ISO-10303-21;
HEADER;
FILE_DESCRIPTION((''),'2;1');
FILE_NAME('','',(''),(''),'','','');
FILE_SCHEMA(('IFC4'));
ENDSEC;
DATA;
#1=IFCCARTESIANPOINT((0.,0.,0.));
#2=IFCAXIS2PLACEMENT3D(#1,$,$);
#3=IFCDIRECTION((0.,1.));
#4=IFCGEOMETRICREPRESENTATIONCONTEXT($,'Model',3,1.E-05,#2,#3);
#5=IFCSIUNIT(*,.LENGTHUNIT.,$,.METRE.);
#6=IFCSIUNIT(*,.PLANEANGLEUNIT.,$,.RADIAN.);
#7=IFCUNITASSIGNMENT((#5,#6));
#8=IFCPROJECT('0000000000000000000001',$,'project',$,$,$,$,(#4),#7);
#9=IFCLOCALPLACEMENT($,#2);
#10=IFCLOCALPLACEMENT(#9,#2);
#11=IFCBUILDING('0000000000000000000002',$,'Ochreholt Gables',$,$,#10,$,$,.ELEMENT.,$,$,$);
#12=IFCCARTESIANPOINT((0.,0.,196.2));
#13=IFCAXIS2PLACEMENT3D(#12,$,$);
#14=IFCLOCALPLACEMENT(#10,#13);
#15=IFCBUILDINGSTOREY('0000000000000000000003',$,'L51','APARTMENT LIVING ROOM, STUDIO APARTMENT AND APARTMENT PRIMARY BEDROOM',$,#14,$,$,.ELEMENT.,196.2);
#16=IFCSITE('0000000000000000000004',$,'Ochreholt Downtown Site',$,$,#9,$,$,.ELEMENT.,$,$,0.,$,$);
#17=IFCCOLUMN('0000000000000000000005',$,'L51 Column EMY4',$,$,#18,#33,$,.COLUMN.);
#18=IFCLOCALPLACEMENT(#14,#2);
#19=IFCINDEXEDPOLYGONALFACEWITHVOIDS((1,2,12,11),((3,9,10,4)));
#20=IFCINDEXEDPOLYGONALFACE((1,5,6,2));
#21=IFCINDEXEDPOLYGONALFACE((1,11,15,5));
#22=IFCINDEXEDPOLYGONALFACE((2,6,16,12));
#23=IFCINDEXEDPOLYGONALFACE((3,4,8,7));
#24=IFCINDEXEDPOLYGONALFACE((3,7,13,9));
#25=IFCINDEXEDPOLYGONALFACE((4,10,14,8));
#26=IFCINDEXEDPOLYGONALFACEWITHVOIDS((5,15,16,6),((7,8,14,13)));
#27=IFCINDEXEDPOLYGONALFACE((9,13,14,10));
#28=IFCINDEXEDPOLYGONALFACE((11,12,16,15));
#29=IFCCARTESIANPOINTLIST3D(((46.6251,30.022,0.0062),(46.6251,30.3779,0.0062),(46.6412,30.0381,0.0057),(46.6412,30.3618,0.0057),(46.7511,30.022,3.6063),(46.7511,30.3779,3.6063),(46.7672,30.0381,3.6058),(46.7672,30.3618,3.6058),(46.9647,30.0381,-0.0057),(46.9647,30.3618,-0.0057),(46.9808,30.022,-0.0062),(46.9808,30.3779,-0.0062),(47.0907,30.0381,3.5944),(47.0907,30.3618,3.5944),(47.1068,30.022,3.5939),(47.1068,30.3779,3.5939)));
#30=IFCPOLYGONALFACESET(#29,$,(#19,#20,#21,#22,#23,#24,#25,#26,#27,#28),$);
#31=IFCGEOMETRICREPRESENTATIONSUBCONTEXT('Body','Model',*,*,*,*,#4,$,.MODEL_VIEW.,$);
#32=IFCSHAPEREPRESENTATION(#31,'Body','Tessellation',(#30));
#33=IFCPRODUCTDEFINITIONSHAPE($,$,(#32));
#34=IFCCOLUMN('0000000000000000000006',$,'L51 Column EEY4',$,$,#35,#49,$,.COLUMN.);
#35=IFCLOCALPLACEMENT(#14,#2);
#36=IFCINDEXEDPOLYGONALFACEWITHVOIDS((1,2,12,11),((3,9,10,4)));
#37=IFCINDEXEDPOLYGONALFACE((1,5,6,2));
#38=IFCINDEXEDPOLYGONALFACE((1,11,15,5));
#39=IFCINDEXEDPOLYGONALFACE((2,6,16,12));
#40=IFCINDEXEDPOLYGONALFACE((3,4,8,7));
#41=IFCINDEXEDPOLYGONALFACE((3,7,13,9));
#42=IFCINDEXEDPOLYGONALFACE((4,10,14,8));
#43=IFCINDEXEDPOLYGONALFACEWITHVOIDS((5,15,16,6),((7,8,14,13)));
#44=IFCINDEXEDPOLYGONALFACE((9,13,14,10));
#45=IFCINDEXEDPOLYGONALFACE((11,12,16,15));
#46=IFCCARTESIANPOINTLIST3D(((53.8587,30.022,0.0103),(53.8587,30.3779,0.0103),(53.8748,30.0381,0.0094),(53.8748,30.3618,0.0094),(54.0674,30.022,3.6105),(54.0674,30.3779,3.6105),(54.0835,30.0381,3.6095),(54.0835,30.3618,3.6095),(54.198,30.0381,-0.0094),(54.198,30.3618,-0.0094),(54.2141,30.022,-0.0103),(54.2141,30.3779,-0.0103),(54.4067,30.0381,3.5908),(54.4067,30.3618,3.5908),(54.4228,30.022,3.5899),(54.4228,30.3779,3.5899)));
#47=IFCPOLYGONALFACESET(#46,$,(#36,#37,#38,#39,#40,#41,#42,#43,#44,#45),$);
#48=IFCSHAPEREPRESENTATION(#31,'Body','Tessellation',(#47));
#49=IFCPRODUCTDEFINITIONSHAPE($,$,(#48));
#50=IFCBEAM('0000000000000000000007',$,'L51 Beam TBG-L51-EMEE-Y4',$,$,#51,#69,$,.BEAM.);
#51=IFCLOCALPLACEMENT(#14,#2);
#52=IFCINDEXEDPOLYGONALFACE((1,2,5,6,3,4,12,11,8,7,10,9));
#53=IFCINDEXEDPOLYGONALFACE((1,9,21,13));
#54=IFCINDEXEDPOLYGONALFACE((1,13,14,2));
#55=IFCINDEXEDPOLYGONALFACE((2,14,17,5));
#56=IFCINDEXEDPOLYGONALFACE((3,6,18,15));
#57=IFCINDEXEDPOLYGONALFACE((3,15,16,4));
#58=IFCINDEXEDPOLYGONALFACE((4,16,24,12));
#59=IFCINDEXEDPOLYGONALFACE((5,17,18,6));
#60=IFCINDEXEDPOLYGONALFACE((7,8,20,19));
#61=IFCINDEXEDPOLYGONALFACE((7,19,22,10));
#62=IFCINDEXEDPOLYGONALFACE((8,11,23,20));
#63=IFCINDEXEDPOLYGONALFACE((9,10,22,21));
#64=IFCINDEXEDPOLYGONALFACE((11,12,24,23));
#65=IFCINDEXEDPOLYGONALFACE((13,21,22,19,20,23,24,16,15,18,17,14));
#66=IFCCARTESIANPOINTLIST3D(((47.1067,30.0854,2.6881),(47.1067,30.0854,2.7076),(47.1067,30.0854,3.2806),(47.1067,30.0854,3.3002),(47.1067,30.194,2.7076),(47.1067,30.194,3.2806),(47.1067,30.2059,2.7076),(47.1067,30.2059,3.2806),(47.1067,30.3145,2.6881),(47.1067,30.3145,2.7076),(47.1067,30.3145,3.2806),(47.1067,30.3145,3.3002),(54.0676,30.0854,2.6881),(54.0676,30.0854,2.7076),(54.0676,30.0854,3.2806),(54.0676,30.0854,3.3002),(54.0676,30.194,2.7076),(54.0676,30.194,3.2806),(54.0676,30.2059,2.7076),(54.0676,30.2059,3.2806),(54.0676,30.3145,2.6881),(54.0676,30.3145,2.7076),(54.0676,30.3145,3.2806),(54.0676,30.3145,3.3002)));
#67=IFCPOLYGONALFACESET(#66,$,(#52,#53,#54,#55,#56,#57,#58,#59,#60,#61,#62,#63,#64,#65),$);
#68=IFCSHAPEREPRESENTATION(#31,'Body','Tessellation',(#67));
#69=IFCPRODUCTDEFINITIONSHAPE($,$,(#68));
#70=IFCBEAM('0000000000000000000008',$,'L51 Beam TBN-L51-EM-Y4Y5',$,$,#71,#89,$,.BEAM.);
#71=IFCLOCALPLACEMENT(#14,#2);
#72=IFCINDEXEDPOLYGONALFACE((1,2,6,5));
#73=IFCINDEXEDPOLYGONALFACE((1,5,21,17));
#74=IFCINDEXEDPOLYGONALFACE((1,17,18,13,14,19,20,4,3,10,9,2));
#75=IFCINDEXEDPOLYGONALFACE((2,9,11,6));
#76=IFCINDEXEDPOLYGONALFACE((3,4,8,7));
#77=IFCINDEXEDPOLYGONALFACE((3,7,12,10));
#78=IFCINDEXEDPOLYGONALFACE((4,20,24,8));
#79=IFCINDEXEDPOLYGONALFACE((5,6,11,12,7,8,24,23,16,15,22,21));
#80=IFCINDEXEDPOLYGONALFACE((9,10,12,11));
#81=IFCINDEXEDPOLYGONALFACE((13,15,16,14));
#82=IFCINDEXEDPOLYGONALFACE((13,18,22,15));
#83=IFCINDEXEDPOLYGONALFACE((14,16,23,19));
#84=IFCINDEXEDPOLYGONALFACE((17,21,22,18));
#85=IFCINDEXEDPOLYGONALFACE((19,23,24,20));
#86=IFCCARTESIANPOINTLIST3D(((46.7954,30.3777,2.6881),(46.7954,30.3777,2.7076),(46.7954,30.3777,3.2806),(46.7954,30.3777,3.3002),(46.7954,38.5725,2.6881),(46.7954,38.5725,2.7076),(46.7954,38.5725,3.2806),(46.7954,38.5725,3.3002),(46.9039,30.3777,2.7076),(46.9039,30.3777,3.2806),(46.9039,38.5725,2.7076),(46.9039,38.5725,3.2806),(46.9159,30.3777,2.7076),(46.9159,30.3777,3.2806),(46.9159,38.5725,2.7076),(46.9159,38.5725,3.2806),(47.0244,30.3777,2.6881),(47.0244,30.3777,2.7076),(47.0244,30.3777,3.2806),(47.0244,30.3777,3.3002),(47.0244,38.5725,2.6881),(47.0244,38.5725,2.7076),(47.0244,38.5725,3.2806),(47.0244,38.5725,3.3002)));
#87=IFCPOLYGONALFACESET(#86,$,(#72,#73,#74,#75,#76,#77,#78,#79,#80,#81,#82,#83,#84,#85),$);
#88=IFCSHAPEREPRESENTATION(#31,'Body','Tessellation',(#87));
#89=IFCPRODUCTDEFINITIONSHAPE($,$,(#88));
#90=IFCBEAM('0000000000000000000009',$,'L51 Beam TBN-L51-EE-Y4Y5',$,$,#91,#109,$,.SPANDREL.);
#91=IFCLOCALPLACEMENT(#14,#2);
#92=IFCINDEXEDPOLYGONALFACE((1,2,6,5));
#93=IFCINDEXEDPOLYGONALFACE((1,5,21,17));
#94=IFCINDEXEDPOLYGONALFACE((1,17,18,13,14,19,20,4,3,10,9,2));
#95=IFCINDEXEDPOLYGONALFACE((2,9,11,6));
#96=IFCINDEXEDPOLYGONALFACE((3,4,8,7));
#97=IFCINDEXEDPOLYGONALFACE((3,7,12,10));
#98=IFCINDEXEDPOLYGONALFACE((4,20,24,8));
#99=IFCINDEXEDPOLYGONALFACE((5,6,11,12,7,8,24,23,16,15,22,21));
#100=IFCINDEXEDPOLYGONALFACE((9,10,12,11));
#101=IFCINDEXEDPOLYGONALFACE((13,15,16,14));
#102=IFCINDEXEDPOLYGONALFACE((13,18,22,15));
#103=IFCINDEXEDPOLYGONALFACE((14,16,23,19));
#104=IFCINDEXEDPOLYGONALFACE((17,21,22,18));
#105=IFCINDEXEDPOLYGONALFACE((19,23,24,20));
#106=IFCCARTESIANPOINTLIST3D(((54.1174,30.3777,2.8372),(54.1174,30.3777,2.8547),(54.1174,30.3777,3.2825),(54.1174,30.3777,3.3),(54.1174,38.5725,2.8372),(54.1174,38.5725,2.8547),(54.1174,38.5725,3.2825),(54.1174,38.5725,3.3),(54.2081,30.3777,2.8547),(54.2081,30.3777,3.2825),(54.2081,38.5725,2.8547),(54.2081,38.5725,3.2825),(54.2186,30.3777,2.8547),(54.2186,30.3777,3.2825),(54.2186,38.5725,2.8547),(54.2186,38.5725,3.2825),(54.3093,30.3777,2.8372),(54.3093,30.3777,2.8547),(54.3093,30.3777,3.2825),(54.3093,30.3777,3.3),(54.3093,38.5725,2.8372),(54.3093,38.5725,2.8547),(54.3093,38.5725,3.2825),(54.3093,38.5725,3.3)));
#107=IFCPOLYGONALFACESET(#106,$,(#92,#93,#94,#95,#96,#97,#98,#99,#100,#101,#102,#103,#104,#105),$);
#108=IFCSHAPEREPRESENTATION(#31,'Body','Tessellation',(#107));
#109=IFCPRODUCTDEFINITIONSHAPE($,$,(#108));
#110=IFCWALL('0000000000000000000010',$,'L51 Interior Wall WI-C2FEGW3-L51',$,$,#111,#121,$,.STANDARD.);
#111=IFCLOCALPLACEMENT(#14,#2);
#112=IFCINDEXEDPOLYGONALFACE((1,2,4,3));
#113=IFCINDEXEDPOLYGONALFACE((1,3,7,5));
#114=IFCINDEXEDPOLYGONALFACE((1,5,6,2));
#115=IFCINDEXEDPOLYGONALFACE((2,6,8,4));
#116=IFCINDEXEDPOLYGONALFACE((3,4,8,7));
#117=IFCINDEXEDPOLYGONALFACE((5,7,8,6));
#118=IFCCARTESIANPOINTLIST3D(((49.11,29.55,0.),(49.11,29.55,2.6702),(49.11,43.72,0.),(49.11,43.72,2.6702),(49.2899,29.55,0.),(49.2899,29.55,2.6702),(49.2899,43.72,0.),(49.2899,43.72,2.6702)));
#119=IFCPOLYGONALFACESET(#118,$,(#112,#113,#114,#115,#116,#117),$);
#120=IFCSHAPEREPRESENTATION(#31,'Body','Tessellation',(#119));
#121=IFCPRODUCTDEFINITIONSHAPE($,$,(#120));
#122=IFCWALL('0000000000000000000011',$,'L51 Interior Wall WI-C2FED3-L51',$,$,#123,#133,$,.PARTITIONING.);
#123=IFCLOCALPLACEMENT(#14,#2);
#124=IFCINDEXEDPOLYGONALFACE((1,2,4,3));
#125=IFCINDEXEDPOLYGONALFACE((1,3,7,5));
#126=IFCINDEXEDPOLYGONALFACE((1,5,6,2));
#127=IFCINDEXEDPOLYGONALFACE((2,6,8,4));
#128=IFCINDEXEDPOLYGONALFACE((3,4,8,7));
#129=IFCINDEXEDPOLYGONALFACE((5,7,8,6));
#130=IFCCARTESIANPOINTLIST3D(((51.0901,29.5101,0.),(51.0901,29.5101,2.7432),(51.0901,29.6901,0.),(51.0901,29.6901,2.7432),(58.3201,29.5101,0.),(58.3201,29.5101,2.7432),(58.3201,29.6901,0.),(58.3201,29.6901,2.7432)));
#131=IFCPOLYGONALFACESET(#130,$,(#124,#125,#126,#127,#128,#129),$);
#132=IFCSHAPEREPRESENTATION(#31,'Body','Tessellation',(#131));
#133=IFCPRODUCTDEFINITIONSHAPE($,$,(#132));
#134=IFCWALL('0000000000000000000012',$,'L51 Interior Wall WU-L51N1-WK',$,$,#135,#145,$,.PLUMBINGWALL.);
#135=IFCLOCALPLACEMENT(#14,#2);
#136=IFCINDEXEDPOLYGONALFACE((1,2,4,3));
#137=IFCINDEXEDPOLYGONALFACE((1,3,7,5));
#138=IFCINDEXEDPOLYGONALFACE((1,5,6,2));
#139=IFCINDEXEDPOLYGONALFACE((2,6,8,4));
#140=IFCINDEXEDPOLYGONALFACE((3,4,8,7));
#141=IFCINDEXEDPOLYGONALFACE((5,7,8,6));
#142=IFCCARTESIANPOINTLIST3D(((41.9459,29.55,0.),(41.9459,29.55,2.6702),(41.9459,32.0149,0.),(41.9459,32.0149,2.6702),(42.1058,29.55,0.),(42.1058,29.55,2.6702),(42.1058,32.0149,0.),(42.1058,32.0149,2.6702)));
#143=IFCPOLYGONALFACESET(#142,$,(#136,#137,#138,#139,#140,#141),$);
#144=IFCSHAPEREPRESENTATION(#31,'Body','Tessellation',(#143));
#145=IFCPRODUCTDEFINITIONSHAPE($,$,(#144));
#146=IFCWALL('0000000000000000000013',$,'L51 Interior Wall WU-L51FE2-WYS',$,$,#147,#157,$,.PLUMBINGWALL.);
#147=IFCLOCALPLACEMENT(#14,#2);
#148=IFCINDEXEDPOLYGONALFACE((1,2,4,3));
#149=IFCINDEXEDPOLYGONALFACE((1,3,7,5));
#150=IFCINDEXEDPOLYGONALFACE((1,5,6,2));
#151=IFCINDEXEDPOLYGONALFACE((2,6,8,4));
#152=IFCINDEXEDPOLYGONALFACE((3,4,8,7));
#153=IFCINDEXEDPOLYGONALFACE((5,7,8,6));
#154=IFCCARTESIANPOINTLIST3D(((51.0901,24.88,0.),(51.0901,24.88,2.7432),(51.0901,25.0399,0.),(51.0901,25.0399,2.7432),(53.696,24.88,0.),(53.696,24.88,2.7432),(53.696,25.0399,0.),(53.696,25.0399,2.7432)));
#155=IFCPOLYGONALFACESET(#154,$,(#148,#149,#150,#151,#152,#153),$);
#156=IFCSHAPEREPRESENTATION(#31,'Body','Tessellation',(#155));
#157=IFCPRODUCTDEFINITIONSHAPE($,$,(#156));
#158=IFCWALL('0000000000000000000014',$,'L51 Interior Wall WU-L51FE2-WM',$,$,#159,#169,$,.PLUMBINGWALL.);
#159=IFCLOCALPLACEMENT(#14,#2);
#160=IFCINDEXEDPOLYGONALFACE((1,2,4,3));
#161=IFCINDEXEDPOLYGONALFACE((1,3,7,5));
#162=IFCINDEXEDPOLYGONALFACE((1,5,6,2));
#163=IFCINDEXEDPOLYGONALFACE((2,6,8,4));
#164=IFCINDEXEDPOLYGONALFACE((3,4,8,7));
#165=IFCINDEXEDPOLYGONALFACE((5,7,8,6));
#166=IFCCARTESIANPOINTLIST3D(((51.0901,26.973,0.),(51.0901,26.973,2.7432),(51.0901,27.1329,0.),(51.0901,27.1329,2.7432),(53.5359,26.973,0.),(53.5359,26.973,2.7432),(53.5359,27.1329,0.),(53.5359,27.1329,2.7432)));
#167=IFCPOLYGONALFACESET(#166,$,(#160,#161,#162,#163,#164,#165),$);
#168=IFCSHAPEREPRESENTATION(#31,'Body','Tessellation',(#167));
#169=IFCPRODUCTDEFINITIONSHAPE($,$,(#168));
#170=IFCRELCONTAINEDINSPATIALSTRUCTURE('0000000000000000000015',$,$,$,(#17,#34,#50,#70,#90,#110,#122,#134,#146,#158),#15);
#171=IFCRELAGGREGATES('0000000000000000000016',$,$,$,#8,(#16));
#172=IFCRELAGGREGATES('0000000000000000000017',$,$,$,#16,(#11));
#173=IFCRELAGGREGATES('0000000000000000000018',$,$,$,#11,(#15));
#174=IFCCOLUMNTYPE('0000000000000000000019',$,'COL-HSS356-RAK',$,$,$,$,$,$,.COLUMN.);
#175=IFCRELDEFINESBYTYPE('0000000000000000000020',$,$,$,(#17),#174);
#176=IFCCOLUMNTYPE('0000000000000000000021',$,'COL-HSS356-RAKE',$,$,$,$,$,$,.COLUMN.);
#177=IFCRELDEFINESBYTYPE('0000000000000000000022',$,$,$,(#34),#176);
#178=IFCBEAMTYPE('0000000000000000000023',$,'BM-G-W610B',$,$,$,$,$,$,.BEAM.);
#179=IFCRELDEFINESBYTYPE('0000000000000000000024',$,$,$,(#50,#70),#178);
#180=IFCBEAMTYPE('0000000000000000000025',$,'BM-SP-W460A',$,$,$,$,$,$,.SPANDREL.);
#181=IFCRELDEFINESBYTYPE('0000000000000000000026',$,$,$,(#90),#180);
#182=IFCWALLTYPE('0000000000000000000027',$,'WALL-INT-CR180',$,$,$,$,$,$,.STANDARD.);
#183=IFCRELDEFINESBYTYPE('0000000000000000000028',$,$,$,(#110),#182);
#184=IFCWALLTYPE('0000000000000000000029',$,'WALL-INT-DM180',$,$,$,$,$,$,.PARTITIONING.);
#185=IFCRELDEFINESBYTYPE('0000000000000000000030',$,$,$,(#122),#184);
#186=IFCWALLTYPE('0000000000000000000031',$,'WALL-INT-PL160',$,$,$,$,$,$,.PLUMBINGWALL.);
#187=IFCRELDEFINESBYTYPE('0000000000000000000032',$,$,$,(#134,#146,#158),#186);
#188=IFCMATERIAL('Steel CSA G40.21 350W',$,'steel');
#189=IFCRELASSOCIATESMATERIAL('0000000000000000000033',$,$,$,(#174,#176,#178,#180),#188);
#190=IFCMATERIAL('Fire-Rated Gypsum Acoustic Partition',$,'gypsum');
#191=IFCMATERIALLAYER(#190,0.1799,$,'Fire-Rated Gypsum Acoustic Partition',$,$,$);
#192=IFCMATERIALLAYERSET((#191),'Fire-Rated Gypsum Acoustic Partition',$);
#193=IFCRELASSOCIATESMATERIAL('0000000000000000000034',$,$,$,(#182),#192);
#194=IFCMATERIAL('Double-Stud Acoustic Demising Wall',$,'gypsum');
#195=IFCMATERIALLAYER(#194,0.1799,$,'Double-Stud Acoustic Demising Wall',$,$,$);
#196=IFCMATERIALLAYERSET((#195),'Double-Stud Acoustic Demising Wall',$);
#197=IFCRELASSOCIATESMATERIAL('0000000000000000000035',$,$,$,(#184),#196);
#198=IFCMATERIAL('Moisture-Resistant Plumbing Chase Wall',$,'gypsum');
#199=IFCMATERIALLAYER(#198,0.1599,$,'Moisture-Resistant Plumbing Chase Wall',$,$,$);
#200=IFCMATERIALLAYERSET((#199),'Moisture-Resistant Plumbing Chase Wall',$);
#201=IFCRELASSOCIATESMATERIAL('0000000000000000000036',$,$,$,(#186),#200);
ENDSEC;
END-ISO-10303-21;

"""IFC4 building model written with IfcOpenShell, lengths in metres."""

from ifc_helpers import new_model, si_unit, direction, frame, frame_2d, origin, origin_2d, place, context, subcontext, project, spatial, rectangle, hollow_rectangle, i_section, extrude, material, layer, layer_set, material_profile, profile_set, type_object, element, save


model = new_model("IFC4")

# Units and contexts
model_context = context("Model", 3, precision=1e-05, world=origin(), true_north=direction((0.0, 1.0)))
body_context = subcontext(model_context, "Body", "Model", "MODEL_VIEW")
ifc_project = project(units=[si_unit("LENGTHUNIT", "METRE"), si_unit("PLANEANGLEUNIT", "RADIAN")], contexts=[model_context])

# Site, building, storey
site_placement = place(None, origin())
site = spatial("IfcSite", under=ifc_project, at=site_placement, Name="Ochreholt Downtown Site", CompositionType="ELEMENT", RefElevation=0.0)
building_placement = place(site_placement, origin())
building = spatial("IfcBuilding", under=site, at=building_placement, Name="Ochreholt Gables", CompositionType="ELEMENT")
storey_placement = place(building_placement, frame((0.0, 0.0, 196.2)))
storey = spatial("IfcBuildingStorey", under=building, at=storey_placement, Name="L51", Description="APARTMENT LIVING ROOM, STUDIO APARTMENT AND APARTMENT PRIMARY BEDROOM", CompositionType="ELEMENT", Elevation=196.2)

# Columns
ifc_material_1 = material(Name="Steel CSA G40.21 350W", Category="steel")
ifc_material_profile_1 = material_profile(ifc_material_1, hollow_rectangle(XDim=0.356, YDim=0.356, WallThickness=0.0161, at=origin_2d()), Name="HSS356X356X16")
ifc_profile_set_1 = profile_set([ifc_material_profile_1], Name="Steel CSA G40.21 350W")
column_type_1 = type_object("IfcColumnType", Name="COL-HSS356-RAK", PredefinedType="COLUMN", material=ifc_profile_set_1)
column_1_placement = place(storey_placement, frame((46.803, 30.2, 0.0), z_axis=(0.034971, 0.0, 0.999388), x_axis=(0.0, 1.0, 0.0)))
element("IfcColumn", 1, at=column_1_placement, inside=storey, type_object=column_type_1, Name="L51 Column EMY4", PredefinedType="COLUMN", context=body_context, shape_type="SweptSolid", body=[
    extrude(hollow_rectangle(XDim=0.356, YDim=0.356, WallThickness=0.0161, at=origin_2d()), origin(), (0.0, 0.0, 1.0), 3.6023),
])
ifc_material_profile_2 = material_profile(ifc_material_1, hollow_rectangle(XDim=0.356, YDim=0.356, WallThickness=0.0161, at=origin_2d()), Name="HSS356X356X16")
ifc_profile_set_2 = profile_set([ifc_material_profile_2], Name="Steel CSA G40.21 350W")
column_type_2 = type_object("IfcColumnType", Name="COL-HSS356-RAKE", PredefinedType="COLUMN", material=ifc_profile_set_2)
column_2_placement = place(storey_placement, frame((54.0364, 30.2, 0.0), z_axis=(0.057885, 0.0, 0.998323), x_axis=(0.0, 1.0, 0.0)))
element("IfcColumn", 2, at=column_2_placement, inside=storey, type_object=column_type_2, Name="L51 Column EEY4", PredefinedType="COLUMN", context=body_context, shape_type="SweptSolid", body=[
    extrude(hollow_rectangle(XDim=0.356, YDim=0.356, WallThickness=0.0161, at=origin_2d()), origin(), (0.0, 0.0, 1.0), 3.6062),
])

# Beams
ifc_material_profile_3 = material_profile(ifc_material_1, i_section(OverallWidth=0.229, OverallDepth=0.6121, WebThickness=0.012, FlangeThickness=0.0195, at=origin_2d()), Name="W610X125")
ifc_profile_set_3 = profile_set([ifc_material_profile_3], Name="Steel CSA G40.21 350W")
beam_type_1 = type_object("IfcBeamType", Name="BM-G-W610B", PredefinedType="BEAM", material=ifc_profile_set_3)
beam_1_placement = place(storey_placement, frame((47.1067, 30.2, 2.9941), z_axis=(1.0, 0.0, 0.0), x_axis=(0.0, 1.0, 0.0)))
element("IfcBeam", 3, at=beam_1_placement, inside=storey, type_object=beam_type_1, Name="L51 Beam TBG-L51-EMEE-Y4", PredefinedType="BEAM", context=body_context, shape_type="SweptSolid", body=[
    extrude(i_section(OverallWidth=0.229, OverallDepth=0.6121, WebThickness=0.012, FlangeThickness=0.0195, at=origin_2d()), origin(), (0.0, 0.0, 1.0), 6.9609),
])
beam_2_placement = place(storey_placement, frame((46.9099, 30.3777, 2.9941), z_axis=(0.0, 1.0, 0.0), x_axis=(-1.0, 0.0, 0.0)))
element("IfcBeam", 4, at=beam_2_placement, inside=storey, type_object=beam_type_1, Name="L51 Beam TBN-L51-EM-Y4Y5", PredefinedType="BEAM", context=body_context, shape_type="SweptSolid", body=[
    extrude(i_section(OverallWidth=0.229, OverallDepth=0.6121, WebThickness=0.012, FlangeThickness=0.0195, at=origin_2d()), origin(), (0.0, 0.0, 1.0), 8.1948),
])
ifc_material_profile_4 = material_profile(ifc_material_1, i_section(OverallWidth=0.1919, OverallDepth=0.4629, WebThickness=0.0105, FlangeThickness=0.0176, at=origin_2d()), Name="W460X89")
ifc_profile_set_4 = profile_set([ifc_material_profile_4], Name="Steel CSA G40.21 350W")
beam_type_2 = type_object("IfcBeamType", Name="BM-SP-W460A", PredefinedType="SPANDREL", material=ifc_profile_set_4)
beam_3_placement = place(storey_placement, frame((54.2134, 30.3777, 3.0686), z_axis=(0.0, 1.0, 0.0), x_axis=(-1.0, 0.0, 0.0)))
element("IfcBeam", 5, at=beam_3_placement, inside=storey, type_object=beam_type_2, Name="L51 Beam TBN-L51-EE-Y4Y5", PredefinedType="SPANDREL", context=body_context, shape_type="SweptSolid", body=[
    extrude(i_section(OverallWidth=0.1919, OverallDepth=0.4629, WebThickness=0.0105, FlangeThickness=0.0176, at=origin_2d()), origin(), (0.0, 0.0, 1.0), 8.1948),
])

# Walls
ifc_material_2 = material(Name="Fire-Rated Gypsum Acoustic Partition", Category="gypsum")
ifc_layer_1 = layer(ifc_material_2, 0.1799, Name="Fire-Rated Gypsum Acoustic Partition")
ifc_layer_set_1 = layer_set([ifc_layer_1], Name="Fire-Rated Gypsum Acoustic Partition")
wall_type_1 = type_object("IfcWallType", Name="WALL-INT-CR180", PredefinedType="STANDARD", material=ifc_layer_set_1)
wall_1_placement = place(storey_placement, frame((49.2, 29.55, 0.0), z_axis=(0.0, 0.0, 1.0), x_axis=(0.0, 1.0, 0.0)))
element("IfcWall", 6, at=wall_1_placement, inside=storey, type_object=wall_type_1, Name="L51 Interior Wall WI-C2FEGW3-L51", PredefinedType="STANDARD", context=body_context, shape_type="SweptSolid", body=[
    extrude(rectangle(XDim=14.1699, YDim=0.1799, at=frame_2d((7.085, 0.0))), origin(), (0.0, 0.0, 1.0), 2.6702),
])
ifc_material_3 = material(Name="Double-Stud Acoustic Demising Wall", Category="gypsum")
ifc_layer_2 = layer(ifc_material_3, 0.1799, Name="Double-Stud Acoustic Demising Wall")
ifc_layer_set_2 = layer_set([ifc_layer_2], Name="Double-Stud Acoustic Demising Wall")
wall_type_2 = type_object("IfcWallType", Name="WALL-INT-DM180", PredefinedType="PARTITIONING", material=ifc_layer_set_2)
wall_2_placement = place(storey_placement, frame((51.0901, 29.6001, 0.0), z_axis=(0.0, 0.0, 1.0), x_axis=(1.0, 0.0, 0.0)))
element("IfcWall", 7, at=wall_2_placement, inside=storey, type_object=wall_type_2, Name="L51 Interior Wall WI-C2FED3-L51", PredefinedType="PARTITIONING", context=body_context, shape_type="SweptSolid", body=[
    extrude(rectangle(XDim=7.23, YDim=0.1799, at=frame_2d((3.615, 0.0))), origin(), (0.0, 0.0, 1.0), 2.7432),
])
ifc_material_4 = material(Name="Moisture-Resistant Plumbing Chase Wall", Category="gypsum")
ifc_layer_3 = layer(ifc_material_4, 0.1599, Name="Moisture-Resistant Plumbing Chase Wall")
ifc_layer_set_3 = layer_set([ifc_layer_3], Name="Moisture-Resistant Plumbing Chase Wall")
wall_type_3 = type_object("IfcWallType", Name="WALL-INT-PL160", PredefinedType="PLUMBINGWALL", material=ifc_layer_set_3)
wall_3_placement = place(storey_placement, frame((42.0259, 29.55, 0.0), z_axis=(0.0, 0.0, 1.0), x_axis=(0.0, 1.0, 0.0)))
element("IfcWall", 8, at=wall_3_placement, inside=storey, type_object=wall_type_3, Name="L51 Interior Wall WU-L51N1-WK", PredefinedType="PLUMBINGWALL", context=body_context, shape_type="SweptSolid", body=[
    extrude(rectangle(XDim=2.4648, YDim=0.1599, at=frame_2d((1.2324, 0.0))), origin(), (0.0, 0.0, 1.0), 2.6702),
])

# Wall
wall_4_placement = place(storey_placement, frame((51.0901, 24.96, 0.0), z_axis=(0.0, 0.0, 1.0), x_axis=(1.0, 0.0, 0.0)))
element("IfcWall", 9, at=wall_4_placement, inside=storey, type_object=wall_type_3, Name="L51 Interior Wall WU-L51FE2-WYS", PredefinedType="PLUMBINGWALL", context=body_context, shape_type="SweptSolid", body=[
    extrude(rectangle(XDim=2.606, YDim=0.1599, at=frame_2d((1.303, 0.0))), origin(), (0.0, 0.0, 1.0), 2.7432),
])

# Wall
wall_5_placement = place(storey_placement, frame((51.0901, 27.053, 0.0), z_axis=(0.0, 0.0, 1.0), x_axis=(1.0, 0.0, 0.0)))
element("IfcWall", 10, at=wall_5_placement, inside=storey, type_object=wall_type_3, Name="L51 Interior Wall WU-L51FE2-WM", PredefinedType="PLUMBINGWALL", context=body_context, shape_type="SweptSolid", body=[
    extrude(rectangle(XDim=2.4458, YDim=0.1599, at=frame_2d((1.2229, 0.0))), origin(), (0.0, 0.0, 1.0), 2.7432),
])

save(model, "model.ifc")
